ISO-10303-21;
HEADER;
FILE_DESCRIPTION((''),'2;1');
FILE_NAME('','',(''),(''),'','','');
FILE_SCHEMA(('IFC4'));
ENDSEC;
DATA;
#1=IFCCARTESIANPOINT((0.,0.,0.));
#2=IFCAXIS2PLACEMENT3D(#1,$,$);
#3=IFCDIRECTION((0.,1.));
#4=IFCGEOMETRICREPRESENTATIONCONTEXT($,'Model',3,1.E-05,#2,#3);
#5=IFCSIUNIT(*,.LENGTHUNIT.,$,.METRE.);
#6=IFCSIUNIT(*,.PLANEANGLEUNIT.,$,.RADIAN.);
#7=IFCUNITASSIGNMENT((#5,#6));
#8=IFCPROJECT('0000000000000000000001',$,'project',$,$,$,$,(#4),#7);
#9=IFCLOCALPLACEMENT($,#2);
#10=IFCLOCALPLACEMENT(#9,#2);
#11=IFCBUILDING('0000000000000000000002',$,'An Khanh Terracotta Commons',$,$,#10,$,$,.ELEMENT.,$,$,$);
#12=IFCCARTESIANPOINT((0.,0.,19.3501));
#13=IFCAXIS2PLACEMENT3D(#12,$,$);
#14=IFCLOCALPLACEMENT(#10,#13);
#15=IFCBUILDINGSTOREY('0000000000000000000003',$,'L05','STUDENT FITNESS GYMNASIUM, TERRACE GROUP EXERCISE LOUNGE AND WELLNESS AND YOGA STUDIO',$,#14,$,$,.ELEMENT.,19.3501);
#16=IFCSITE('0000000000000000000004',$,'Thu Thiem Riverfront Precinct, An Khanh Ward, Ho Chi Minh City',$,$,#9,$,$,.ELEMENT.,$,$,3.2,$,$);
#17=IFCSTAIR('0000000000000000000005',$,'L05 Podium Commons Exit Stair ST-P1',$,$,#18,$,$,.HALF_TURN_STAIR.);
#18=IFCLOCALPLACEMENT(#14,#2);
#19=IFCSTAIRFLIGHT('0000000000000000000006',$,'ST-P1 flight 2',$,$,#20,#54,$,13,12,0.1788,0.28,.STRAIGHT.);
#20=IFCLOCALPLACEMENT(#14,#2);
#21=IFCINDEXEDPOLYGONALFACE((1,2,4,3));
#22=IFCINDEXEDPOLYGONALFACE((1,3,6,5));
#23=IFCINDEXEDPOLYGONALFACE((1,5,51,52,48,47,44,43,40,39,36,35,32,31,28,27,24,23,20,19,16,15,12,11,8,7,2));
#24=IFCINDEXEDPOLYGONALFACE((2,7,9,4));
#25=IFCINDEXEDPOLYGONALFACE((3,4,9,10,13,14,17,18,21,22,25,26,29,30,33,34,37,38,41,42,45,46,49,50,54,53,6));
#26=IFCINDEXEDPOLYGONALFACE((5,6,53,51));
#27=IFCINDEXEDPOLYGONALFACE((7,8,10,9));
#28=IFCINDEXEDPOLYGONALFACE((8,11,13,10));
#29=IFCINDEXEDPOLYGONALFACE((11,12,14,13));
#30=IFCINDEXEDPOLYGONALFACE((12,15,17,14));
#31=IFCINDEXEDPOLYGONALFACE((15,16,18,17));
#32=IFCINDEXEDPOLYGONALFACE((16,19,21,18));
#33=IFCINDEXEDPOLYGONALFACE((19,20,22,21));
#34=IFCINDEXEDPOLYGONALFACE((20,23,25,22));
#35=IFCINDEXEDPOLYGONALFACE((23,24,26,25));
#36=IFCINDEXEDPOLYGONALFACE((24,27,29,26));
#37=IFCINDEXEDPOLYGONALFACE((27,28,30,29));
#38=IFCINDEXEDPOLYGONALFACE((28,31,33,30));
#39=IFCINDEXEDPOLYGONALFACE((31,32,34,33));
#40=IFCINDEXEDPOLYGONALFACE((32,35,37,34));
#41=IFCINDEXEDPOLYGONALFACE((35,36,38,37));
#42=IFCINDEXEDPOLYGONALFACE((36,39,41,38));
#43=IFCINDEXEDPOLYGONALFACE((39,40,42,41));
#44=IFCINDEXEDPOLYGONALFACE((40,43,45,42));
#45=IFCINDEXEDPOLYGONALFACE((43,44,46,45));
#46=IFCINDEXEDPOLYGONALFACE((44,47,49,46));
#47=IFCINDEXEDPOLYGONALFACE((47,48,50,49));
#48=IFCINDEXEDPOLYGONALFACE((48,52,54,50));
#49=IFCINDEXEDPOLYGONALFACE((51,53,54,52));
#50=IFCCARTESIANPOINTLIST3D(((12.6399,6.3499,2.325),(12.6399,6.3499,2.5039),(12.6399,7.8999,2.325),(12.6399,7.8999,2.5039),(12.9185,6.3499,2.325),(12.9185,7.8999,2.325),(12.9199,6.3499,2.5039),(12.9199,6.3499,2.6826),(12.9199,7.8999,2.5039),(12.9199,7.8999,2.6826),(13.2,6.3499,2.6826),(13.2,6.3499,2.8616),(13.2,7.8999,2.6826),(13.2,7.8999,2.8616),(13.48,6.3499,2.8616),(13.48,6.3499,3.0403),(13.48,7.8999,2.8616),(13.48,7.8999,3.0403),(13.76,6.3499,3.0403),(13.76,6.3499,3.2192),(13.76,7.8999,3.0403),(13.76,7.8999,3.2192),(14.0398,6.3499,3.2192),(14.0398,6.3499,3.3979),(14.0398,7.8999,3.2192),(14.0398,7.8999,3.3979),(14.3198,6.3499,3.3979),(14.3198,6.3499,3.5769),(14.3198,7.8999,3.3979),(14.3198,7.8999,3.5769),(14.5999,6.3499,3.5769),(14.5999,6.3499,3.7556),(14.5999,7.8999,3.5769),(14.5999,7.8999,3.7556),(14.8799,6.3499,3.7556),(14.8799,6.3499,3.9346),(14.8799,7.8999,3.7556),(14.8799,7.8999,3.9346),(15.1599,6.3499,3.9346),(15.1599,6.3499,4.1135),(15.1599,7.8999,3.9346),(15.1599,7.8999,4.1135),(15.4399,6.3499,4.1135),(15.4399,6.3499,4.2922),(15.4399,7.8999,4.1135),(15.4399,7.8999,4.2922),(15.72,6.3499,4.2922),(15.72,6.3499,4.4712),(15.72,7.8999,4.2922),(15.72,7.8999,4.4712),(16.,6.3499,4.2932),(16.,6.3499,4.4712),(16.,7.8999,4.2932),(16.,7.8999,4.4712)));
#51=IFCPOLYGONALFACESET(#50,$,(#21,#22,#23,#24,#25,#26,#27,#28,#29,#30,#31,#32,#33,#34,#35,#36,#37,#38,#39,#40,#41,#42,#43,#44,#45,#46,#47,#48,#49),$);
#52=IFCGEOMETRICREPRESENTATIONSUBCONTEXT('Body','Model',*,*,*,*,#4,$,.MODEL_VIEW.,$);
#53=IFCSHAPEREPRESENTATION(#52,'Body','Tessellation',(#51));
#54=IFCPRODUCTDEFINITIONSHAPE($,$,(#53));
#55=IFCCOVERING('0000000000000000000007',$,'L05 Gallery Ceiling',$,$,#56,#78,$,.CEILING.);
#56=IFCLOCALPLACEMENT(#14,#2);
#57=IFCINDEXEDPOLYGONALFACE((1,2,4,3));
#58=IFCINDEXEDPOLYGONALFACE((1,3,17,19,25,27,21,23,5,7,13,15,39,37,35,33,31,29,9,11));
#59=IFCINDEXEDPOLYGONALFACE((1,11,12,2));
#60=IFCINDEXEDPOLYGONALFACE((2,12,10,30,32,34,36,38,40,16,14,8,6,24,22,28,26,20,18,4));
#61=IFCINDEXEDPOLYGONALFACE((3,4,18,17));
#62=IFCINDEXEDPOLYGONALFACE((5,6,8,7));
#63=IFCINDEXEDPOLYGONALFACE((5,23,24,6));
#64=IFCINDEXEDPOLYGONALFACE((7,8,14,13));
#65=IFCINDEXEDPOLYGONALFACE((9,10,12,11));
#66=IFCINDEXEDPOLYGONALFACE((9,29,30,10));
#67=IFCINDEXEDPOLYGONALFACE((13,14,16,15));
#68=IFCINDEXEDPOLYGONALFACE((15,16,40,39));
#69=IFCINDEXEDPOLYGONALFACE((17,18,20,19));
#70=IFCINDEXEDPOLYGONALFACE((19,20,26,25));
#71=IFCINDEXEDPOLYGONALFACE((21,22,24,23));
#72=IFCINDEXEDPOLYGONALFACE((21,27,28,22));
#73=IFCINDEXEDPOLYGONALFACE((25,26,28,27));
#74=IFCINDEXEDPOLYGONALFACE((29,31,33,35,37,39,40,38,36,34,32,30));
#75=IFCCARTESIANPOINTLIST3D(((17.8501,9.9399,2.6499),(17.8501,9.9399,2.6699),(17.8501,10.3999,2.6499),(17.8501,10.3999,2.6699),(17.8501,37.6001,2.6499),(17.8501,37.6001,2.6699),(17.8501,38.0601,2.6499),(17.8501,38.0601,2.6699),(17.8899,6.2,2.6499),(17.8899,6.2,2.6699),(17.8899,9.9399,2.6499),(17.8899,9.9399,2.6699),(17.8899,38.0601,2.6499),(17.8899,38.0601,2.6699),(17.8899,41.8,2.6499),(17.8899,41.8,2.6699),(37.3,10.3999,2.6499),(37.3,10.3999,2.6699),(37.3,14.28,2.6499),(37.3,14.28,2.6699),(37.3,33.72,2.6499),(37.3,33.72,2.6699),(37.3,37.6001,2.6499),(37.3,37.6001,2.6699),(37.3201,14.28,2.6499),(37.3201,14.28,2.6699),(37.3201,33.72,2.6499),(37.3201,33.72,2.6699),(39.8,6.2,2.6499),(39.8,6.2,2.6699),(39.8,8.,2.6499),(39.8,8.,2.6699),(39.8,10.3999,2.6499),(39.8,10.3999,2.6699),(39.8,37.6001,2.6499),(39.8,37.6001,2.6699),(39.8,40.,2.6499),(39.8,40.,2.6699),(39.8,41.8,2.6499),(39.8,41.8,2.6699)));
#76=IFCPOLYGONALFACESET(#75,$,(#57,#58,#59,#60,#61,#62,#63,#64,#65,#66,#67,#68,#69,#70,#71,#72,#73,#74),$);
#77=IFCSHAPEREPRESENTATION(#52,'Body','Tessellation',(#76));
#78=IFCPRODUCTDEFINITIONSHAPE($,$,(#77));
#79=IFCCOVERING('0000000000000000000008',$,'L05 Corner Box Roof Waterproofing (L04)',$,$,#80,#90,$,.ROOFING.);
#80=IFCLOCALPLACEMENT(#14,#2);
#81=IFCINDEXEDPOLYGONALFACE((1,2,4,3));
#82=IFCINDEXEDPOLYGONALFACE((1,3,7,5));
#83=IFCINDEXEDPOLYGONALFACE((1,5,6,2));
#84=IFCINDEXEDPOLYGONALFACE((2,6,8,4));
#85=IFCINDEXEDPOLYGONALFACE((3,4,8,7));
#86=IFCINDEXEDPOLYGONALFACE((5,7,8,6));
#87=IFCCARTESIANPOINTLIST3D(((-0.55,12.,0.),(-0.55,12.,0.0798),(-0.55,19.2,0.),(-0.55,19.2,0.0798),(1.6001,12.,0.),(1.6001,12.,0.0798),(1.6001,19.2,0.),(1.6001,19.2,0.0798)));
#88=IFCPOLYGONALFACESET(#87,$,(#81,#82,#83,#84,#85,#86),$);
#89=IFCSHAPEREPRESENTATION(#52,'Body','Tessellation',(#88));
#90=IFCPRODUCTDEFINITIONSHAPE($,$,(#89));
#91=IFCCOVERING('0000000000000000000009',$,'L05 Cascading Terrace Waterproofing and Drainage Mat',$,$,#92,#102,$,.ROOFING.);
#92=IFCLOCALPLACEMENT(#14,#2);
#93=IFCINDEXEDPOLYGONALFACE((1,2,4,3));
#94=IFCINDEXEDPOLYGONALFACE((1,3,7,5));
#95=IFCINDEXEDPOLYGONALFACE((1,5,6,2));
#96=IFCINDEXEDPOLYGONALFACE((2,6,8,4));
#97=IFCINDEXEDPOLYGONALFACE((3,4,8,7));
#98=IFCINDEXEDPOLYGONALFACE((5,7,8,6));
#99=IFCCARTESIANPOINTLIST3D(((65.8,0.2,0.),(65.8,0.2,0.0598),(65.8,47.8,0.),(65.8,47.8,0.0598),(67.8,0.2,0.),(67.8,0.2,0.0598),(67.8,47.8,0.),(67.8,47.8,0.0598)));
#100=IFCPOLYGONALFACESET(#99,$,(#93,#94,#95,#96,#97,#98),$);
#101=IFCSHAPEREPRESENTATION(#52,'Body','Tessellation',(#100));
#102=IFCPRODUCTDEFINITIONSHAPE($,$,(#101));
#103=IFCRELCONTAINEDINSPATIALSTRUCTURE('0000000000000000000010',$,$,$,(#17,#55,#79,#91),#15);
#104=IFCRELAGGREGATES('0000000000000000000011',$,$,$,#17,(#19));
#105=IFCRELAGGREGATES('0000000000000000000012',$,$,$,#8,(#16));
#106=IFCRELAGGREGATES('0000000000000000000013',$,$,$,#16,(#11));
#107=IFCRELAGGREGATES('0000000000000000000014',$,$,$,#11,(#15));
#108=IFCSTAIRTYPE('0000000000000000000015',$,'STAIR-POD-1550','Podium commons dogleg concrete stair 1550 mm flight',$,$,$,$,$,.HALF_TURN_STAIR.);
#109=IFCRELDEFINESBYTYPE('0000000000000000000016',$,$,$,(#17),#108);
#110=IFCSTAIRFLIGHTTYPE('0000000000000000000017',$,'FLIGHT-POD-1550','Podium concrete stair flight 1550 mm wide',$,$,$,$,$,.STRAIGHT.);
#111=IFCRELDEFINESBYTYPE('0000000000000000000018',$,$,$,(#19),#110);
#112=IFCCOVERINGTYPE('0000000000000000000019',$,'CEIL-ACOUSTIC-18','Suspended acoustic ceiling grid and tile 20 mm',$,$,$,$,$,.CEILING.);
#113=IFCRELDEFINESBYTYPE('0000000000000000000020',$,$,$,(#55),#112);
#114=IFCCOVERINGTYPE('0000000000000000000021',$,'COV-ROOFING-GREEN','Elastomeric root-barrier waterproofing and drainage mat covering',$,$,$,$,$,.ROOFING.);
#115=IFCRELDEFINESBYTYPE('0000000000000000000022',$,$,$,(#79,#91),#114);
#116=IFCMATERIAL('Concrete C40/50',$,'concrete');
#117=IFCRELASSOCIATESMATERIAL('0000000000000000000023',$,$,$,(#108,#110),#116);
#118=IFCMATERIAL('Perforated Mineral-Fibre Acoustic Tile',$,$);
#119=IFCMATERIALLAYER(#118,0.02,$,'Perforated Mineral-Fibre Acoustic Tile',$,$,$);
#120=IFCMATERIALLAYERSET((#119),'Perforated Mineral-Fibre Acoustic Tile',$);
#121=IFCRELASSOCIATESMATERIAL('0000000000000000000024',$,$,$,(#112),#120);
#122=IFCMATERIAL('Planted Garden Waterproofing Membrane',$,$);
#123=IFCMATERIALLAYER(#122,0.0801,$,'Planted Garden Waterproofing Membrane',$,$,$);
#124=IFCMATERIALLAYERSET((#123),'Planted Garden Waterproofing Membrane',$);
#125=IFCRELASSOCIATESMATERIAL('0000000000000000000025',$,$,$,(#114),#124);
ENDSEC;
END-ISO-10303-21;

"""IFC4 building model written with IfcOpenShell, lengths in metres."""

from ifc_helpers import new_model, si_unit, direction, frame, origin, place, context, subcontext, project, spatial, polyline, outline, extrude, material, layer, layer_set, type_object, element, aggregate, save


model = new_model("IFC4")

# Units and contexts
model_context = context("Model", 3, precision=1e-05, world=origin(), true_north=direction((0.0, 1.0)))
body_context = subcontext(model_context, "Body", "Model", "MODEL_VIEW")
ifc_project = project(units=[si_unit("LENGTHUNIT", "METRE"), si_unit("PLANEANGLEUNIT", "RADIAN")], contexts=[model_context])

# Site, building, storey
site_placement = place(None, origin())
site = spatial("IfcSite", under=ifc_project, at=site_placement, Name="Thu Thiem Riverfront Precinct, An Khanh Ward, Ho Chi Minh City", CompositionType="ELEMENT", RefElevation=3.2)
building_placement = place(site_placement, origin())
building = spatial("IfcBuilding", under=site, at=building_placement, Name="An Khanh Terracotta Commons", CompositionType="ELEMENT")
storey_placement = place(building_placement, frame((0.0, 0.0, 19.3501)))
storey = spatial("IfcBuildingStorey", under=building, at=storey_placement, Name="L05", Description="STUDENT FITNESS GYMNASIUM, TERRACE GROUP EXERCISE LOUNGE AND WELLNESS AND YOGA STUDIO", CompositionType="ELEMENT", Elevation=19.3501)

# Shared definitions
ifc_material_1 = material(Name="Concrete C40/50", Category="concrete")

# Stair
stair_type_1 = type_object("IfcStairType", Name="STAIR-POD-1550", Description="Podium commons dogleg concrete stair 1550 mm flight", PredefinedType="HALF_TURN_STAIR", material=ifc_material_1)
stair_1_placement = place(storey_placement, origin())
stair_1 = element("IfcStair", 1, at=stair_1_placement, inside=storey, type_object=stair_type_1, Name="L05 Podium Commons Exit Stair ST-P1", PredefinedType="HALF_TURN_STAIR")

# Stair flight
stair_flight_type = type_object("IfcStairFlightType", Name="FLIGHT-POD-1550", Description="Podium concrete stair flight 1550 mm wide", PredefinedType="STRAIGHT", material=ifc_material_1)
stair_flight_1_placement = place(storey_placement, frame((12.6399, 7.125, 2.325), z_axis=(0.0, 0.0, 1.0), x_axis=(1.0, 0.0, 0.0)))
stair_flight_1 = element("IfcStairFlight", 2, at=stair_flight_1_placement, type_object=stair_flight_type, Name="ST-P1 flight 2", NumberOfRisers=13, NumberOfTreads=12, PredefinedType="STRAIGHT", RiserHeight=0.1788, TreadLength=0.28, context=body_context, shape_type="SweptSolid", body=[
    extrude(outline(polyline([(0.0, 0.0), (0.0, 0.179), (0.28, 0.179), (0.28, 0.3577), (0.5601, 0.3577), (0.5601, 0.5366), (0.8401, 0.5366), (0.8401, 0.7153), (1.1201, 0.7153), (1.1201, 0.8943), (1.3999, 0.8943), (1.3999, 1.073), (1.6799, 1.073), (1.6799, 1.252), (1.96, 1.252), (1.96, 1.4307), (2.24, 1.4307), (2.24, 1.6096), (2.52, 1.6096), (2.52, 1.7886), (2.8, 1.7886), (2.8, 1.9673), (3.0801, 1.9673), (3.0801, 2.1462), (3.3601, 2.1462), (3.3601, 2.325), (3.3601, 1.9683), (0.2786, 0.0), (0.0, 0.0)])), frame((0.0, 0.7749, 0.0), z_axis=(0.0, -1.0, 0.0), x_axis=(1.0, 0.0, 0.0)), (0.0, 0.0, 1.0), 1.55),
])
aggregate(stair_1, [stair_flight_1])

# Coverings
ifc_material_2 = material(Name="Perforated Mineral-Fibre Acoustic Tile")
ifc_layer_1 = layer(ifc_material_2, 0.02, Name="Perforated Mineral-Fibre Acoustic Tile")
ifc_layer_set_1 = layer_set([ifc_layer_1], Name="Perforated Mineral-Fibre Acoustic Tile")
covering_type_1 = type_object("IfcCoveringType", Name="CEIL-ACOUSTIC-18", Description="Suspended acoustic ceiling grid and tile 20 mm", PredefinedType="CEILING", material=ifc_layer_set_1)
covering_1_placement = place(storey_placement, frame((0.0, 0.0, 2.6499)))
element("IfcCovering", 3, at=covering_1_placement, inside=storey, type_object=covering_type_1, Name="L05 Gallery Ceiling", PredefinedType="CEILING", context=body_context, shape_type="SweptSolid", body=[
    extrude(outline(polyline([(17.8899, 6.2), (17.8899, 9.9399), (17.8501, 9.9399), (17.8501, 10.3999), (37.3, 10.3999), (37.3, 14.28), (37.3201, 14.28), (37.3201, 33.72), (37.3, 33.72), (37.3, 37.6001), (17.8501, 37.6001), (17.8501, 38.0601), (17.8899, 38.0601), (17.8899, 41.8), (39.8, 41.8), (39.8, 40.0), (39.8, 37.6001), (39.8, 10.3999), (39.8, 8.0), (39.8, 6.2), (17.8899, 6.2)])), origin(), (0.0, 0.0, 1.0), 0.02),
])
ifc_material_3 = material(Name="Planted Garden Waterproofing Membrane")
ifc_layer_2 = layer(ifc_material_3, 0.0801, Name="Planted Garden Waterproofing Membrane")
ifc_layer_set_2 = layer_set([ifc_layer_2], Name="Planted Garden Waterproofing Membrane")
covering_type_2 = type_object("IfcCoveringType", Name="COV-ROOFING-GREEN", Description="Elastomeric root-barrier waterproofing and drainage mat covering", PredefinedType="ROOFING", material=ifc_layer_set_2)
covering_2_placement = place(storey_placement, origin())
element("IfcCovering", 4, at=covering_2_placement, inside=storey, type_object=covering_type_2, Name="L05 Corner Box Roof Waterproofing (L04)", PredefinedType="ROOFING", context=body_context, shape_type="SweptSolid", body=[
    extrude(outline(polyline([(-0.55, 12.0), (1.6001, 12.0), (1.6001, 19.2), (-0.55, 19.2), (-0.55, 12.0)])), origin(), (0.0, 0.0, 1.0), 0.0798),
])
covering_3_placement = place(storey_placement, origin())
element("IfcCovering", 5, at=covering_3_placement, inside=storey, type_object=covering_type_2, Name="L05 Cascading Terrace Waterproofing and Drainage Mat", PredefinedType="ROOFING", context=body_context, shape_type="SweptSolid", body=[
    extrude(outline(polyline([(65.8, 0.2), (67.8, 0.2), (67.8, 47.8), (65.8, 47.8), (65.8, 0.2)])), origin(), (0.0, 0.0, 1.0), 0.0598),
])

save(model, "model.ifc")
